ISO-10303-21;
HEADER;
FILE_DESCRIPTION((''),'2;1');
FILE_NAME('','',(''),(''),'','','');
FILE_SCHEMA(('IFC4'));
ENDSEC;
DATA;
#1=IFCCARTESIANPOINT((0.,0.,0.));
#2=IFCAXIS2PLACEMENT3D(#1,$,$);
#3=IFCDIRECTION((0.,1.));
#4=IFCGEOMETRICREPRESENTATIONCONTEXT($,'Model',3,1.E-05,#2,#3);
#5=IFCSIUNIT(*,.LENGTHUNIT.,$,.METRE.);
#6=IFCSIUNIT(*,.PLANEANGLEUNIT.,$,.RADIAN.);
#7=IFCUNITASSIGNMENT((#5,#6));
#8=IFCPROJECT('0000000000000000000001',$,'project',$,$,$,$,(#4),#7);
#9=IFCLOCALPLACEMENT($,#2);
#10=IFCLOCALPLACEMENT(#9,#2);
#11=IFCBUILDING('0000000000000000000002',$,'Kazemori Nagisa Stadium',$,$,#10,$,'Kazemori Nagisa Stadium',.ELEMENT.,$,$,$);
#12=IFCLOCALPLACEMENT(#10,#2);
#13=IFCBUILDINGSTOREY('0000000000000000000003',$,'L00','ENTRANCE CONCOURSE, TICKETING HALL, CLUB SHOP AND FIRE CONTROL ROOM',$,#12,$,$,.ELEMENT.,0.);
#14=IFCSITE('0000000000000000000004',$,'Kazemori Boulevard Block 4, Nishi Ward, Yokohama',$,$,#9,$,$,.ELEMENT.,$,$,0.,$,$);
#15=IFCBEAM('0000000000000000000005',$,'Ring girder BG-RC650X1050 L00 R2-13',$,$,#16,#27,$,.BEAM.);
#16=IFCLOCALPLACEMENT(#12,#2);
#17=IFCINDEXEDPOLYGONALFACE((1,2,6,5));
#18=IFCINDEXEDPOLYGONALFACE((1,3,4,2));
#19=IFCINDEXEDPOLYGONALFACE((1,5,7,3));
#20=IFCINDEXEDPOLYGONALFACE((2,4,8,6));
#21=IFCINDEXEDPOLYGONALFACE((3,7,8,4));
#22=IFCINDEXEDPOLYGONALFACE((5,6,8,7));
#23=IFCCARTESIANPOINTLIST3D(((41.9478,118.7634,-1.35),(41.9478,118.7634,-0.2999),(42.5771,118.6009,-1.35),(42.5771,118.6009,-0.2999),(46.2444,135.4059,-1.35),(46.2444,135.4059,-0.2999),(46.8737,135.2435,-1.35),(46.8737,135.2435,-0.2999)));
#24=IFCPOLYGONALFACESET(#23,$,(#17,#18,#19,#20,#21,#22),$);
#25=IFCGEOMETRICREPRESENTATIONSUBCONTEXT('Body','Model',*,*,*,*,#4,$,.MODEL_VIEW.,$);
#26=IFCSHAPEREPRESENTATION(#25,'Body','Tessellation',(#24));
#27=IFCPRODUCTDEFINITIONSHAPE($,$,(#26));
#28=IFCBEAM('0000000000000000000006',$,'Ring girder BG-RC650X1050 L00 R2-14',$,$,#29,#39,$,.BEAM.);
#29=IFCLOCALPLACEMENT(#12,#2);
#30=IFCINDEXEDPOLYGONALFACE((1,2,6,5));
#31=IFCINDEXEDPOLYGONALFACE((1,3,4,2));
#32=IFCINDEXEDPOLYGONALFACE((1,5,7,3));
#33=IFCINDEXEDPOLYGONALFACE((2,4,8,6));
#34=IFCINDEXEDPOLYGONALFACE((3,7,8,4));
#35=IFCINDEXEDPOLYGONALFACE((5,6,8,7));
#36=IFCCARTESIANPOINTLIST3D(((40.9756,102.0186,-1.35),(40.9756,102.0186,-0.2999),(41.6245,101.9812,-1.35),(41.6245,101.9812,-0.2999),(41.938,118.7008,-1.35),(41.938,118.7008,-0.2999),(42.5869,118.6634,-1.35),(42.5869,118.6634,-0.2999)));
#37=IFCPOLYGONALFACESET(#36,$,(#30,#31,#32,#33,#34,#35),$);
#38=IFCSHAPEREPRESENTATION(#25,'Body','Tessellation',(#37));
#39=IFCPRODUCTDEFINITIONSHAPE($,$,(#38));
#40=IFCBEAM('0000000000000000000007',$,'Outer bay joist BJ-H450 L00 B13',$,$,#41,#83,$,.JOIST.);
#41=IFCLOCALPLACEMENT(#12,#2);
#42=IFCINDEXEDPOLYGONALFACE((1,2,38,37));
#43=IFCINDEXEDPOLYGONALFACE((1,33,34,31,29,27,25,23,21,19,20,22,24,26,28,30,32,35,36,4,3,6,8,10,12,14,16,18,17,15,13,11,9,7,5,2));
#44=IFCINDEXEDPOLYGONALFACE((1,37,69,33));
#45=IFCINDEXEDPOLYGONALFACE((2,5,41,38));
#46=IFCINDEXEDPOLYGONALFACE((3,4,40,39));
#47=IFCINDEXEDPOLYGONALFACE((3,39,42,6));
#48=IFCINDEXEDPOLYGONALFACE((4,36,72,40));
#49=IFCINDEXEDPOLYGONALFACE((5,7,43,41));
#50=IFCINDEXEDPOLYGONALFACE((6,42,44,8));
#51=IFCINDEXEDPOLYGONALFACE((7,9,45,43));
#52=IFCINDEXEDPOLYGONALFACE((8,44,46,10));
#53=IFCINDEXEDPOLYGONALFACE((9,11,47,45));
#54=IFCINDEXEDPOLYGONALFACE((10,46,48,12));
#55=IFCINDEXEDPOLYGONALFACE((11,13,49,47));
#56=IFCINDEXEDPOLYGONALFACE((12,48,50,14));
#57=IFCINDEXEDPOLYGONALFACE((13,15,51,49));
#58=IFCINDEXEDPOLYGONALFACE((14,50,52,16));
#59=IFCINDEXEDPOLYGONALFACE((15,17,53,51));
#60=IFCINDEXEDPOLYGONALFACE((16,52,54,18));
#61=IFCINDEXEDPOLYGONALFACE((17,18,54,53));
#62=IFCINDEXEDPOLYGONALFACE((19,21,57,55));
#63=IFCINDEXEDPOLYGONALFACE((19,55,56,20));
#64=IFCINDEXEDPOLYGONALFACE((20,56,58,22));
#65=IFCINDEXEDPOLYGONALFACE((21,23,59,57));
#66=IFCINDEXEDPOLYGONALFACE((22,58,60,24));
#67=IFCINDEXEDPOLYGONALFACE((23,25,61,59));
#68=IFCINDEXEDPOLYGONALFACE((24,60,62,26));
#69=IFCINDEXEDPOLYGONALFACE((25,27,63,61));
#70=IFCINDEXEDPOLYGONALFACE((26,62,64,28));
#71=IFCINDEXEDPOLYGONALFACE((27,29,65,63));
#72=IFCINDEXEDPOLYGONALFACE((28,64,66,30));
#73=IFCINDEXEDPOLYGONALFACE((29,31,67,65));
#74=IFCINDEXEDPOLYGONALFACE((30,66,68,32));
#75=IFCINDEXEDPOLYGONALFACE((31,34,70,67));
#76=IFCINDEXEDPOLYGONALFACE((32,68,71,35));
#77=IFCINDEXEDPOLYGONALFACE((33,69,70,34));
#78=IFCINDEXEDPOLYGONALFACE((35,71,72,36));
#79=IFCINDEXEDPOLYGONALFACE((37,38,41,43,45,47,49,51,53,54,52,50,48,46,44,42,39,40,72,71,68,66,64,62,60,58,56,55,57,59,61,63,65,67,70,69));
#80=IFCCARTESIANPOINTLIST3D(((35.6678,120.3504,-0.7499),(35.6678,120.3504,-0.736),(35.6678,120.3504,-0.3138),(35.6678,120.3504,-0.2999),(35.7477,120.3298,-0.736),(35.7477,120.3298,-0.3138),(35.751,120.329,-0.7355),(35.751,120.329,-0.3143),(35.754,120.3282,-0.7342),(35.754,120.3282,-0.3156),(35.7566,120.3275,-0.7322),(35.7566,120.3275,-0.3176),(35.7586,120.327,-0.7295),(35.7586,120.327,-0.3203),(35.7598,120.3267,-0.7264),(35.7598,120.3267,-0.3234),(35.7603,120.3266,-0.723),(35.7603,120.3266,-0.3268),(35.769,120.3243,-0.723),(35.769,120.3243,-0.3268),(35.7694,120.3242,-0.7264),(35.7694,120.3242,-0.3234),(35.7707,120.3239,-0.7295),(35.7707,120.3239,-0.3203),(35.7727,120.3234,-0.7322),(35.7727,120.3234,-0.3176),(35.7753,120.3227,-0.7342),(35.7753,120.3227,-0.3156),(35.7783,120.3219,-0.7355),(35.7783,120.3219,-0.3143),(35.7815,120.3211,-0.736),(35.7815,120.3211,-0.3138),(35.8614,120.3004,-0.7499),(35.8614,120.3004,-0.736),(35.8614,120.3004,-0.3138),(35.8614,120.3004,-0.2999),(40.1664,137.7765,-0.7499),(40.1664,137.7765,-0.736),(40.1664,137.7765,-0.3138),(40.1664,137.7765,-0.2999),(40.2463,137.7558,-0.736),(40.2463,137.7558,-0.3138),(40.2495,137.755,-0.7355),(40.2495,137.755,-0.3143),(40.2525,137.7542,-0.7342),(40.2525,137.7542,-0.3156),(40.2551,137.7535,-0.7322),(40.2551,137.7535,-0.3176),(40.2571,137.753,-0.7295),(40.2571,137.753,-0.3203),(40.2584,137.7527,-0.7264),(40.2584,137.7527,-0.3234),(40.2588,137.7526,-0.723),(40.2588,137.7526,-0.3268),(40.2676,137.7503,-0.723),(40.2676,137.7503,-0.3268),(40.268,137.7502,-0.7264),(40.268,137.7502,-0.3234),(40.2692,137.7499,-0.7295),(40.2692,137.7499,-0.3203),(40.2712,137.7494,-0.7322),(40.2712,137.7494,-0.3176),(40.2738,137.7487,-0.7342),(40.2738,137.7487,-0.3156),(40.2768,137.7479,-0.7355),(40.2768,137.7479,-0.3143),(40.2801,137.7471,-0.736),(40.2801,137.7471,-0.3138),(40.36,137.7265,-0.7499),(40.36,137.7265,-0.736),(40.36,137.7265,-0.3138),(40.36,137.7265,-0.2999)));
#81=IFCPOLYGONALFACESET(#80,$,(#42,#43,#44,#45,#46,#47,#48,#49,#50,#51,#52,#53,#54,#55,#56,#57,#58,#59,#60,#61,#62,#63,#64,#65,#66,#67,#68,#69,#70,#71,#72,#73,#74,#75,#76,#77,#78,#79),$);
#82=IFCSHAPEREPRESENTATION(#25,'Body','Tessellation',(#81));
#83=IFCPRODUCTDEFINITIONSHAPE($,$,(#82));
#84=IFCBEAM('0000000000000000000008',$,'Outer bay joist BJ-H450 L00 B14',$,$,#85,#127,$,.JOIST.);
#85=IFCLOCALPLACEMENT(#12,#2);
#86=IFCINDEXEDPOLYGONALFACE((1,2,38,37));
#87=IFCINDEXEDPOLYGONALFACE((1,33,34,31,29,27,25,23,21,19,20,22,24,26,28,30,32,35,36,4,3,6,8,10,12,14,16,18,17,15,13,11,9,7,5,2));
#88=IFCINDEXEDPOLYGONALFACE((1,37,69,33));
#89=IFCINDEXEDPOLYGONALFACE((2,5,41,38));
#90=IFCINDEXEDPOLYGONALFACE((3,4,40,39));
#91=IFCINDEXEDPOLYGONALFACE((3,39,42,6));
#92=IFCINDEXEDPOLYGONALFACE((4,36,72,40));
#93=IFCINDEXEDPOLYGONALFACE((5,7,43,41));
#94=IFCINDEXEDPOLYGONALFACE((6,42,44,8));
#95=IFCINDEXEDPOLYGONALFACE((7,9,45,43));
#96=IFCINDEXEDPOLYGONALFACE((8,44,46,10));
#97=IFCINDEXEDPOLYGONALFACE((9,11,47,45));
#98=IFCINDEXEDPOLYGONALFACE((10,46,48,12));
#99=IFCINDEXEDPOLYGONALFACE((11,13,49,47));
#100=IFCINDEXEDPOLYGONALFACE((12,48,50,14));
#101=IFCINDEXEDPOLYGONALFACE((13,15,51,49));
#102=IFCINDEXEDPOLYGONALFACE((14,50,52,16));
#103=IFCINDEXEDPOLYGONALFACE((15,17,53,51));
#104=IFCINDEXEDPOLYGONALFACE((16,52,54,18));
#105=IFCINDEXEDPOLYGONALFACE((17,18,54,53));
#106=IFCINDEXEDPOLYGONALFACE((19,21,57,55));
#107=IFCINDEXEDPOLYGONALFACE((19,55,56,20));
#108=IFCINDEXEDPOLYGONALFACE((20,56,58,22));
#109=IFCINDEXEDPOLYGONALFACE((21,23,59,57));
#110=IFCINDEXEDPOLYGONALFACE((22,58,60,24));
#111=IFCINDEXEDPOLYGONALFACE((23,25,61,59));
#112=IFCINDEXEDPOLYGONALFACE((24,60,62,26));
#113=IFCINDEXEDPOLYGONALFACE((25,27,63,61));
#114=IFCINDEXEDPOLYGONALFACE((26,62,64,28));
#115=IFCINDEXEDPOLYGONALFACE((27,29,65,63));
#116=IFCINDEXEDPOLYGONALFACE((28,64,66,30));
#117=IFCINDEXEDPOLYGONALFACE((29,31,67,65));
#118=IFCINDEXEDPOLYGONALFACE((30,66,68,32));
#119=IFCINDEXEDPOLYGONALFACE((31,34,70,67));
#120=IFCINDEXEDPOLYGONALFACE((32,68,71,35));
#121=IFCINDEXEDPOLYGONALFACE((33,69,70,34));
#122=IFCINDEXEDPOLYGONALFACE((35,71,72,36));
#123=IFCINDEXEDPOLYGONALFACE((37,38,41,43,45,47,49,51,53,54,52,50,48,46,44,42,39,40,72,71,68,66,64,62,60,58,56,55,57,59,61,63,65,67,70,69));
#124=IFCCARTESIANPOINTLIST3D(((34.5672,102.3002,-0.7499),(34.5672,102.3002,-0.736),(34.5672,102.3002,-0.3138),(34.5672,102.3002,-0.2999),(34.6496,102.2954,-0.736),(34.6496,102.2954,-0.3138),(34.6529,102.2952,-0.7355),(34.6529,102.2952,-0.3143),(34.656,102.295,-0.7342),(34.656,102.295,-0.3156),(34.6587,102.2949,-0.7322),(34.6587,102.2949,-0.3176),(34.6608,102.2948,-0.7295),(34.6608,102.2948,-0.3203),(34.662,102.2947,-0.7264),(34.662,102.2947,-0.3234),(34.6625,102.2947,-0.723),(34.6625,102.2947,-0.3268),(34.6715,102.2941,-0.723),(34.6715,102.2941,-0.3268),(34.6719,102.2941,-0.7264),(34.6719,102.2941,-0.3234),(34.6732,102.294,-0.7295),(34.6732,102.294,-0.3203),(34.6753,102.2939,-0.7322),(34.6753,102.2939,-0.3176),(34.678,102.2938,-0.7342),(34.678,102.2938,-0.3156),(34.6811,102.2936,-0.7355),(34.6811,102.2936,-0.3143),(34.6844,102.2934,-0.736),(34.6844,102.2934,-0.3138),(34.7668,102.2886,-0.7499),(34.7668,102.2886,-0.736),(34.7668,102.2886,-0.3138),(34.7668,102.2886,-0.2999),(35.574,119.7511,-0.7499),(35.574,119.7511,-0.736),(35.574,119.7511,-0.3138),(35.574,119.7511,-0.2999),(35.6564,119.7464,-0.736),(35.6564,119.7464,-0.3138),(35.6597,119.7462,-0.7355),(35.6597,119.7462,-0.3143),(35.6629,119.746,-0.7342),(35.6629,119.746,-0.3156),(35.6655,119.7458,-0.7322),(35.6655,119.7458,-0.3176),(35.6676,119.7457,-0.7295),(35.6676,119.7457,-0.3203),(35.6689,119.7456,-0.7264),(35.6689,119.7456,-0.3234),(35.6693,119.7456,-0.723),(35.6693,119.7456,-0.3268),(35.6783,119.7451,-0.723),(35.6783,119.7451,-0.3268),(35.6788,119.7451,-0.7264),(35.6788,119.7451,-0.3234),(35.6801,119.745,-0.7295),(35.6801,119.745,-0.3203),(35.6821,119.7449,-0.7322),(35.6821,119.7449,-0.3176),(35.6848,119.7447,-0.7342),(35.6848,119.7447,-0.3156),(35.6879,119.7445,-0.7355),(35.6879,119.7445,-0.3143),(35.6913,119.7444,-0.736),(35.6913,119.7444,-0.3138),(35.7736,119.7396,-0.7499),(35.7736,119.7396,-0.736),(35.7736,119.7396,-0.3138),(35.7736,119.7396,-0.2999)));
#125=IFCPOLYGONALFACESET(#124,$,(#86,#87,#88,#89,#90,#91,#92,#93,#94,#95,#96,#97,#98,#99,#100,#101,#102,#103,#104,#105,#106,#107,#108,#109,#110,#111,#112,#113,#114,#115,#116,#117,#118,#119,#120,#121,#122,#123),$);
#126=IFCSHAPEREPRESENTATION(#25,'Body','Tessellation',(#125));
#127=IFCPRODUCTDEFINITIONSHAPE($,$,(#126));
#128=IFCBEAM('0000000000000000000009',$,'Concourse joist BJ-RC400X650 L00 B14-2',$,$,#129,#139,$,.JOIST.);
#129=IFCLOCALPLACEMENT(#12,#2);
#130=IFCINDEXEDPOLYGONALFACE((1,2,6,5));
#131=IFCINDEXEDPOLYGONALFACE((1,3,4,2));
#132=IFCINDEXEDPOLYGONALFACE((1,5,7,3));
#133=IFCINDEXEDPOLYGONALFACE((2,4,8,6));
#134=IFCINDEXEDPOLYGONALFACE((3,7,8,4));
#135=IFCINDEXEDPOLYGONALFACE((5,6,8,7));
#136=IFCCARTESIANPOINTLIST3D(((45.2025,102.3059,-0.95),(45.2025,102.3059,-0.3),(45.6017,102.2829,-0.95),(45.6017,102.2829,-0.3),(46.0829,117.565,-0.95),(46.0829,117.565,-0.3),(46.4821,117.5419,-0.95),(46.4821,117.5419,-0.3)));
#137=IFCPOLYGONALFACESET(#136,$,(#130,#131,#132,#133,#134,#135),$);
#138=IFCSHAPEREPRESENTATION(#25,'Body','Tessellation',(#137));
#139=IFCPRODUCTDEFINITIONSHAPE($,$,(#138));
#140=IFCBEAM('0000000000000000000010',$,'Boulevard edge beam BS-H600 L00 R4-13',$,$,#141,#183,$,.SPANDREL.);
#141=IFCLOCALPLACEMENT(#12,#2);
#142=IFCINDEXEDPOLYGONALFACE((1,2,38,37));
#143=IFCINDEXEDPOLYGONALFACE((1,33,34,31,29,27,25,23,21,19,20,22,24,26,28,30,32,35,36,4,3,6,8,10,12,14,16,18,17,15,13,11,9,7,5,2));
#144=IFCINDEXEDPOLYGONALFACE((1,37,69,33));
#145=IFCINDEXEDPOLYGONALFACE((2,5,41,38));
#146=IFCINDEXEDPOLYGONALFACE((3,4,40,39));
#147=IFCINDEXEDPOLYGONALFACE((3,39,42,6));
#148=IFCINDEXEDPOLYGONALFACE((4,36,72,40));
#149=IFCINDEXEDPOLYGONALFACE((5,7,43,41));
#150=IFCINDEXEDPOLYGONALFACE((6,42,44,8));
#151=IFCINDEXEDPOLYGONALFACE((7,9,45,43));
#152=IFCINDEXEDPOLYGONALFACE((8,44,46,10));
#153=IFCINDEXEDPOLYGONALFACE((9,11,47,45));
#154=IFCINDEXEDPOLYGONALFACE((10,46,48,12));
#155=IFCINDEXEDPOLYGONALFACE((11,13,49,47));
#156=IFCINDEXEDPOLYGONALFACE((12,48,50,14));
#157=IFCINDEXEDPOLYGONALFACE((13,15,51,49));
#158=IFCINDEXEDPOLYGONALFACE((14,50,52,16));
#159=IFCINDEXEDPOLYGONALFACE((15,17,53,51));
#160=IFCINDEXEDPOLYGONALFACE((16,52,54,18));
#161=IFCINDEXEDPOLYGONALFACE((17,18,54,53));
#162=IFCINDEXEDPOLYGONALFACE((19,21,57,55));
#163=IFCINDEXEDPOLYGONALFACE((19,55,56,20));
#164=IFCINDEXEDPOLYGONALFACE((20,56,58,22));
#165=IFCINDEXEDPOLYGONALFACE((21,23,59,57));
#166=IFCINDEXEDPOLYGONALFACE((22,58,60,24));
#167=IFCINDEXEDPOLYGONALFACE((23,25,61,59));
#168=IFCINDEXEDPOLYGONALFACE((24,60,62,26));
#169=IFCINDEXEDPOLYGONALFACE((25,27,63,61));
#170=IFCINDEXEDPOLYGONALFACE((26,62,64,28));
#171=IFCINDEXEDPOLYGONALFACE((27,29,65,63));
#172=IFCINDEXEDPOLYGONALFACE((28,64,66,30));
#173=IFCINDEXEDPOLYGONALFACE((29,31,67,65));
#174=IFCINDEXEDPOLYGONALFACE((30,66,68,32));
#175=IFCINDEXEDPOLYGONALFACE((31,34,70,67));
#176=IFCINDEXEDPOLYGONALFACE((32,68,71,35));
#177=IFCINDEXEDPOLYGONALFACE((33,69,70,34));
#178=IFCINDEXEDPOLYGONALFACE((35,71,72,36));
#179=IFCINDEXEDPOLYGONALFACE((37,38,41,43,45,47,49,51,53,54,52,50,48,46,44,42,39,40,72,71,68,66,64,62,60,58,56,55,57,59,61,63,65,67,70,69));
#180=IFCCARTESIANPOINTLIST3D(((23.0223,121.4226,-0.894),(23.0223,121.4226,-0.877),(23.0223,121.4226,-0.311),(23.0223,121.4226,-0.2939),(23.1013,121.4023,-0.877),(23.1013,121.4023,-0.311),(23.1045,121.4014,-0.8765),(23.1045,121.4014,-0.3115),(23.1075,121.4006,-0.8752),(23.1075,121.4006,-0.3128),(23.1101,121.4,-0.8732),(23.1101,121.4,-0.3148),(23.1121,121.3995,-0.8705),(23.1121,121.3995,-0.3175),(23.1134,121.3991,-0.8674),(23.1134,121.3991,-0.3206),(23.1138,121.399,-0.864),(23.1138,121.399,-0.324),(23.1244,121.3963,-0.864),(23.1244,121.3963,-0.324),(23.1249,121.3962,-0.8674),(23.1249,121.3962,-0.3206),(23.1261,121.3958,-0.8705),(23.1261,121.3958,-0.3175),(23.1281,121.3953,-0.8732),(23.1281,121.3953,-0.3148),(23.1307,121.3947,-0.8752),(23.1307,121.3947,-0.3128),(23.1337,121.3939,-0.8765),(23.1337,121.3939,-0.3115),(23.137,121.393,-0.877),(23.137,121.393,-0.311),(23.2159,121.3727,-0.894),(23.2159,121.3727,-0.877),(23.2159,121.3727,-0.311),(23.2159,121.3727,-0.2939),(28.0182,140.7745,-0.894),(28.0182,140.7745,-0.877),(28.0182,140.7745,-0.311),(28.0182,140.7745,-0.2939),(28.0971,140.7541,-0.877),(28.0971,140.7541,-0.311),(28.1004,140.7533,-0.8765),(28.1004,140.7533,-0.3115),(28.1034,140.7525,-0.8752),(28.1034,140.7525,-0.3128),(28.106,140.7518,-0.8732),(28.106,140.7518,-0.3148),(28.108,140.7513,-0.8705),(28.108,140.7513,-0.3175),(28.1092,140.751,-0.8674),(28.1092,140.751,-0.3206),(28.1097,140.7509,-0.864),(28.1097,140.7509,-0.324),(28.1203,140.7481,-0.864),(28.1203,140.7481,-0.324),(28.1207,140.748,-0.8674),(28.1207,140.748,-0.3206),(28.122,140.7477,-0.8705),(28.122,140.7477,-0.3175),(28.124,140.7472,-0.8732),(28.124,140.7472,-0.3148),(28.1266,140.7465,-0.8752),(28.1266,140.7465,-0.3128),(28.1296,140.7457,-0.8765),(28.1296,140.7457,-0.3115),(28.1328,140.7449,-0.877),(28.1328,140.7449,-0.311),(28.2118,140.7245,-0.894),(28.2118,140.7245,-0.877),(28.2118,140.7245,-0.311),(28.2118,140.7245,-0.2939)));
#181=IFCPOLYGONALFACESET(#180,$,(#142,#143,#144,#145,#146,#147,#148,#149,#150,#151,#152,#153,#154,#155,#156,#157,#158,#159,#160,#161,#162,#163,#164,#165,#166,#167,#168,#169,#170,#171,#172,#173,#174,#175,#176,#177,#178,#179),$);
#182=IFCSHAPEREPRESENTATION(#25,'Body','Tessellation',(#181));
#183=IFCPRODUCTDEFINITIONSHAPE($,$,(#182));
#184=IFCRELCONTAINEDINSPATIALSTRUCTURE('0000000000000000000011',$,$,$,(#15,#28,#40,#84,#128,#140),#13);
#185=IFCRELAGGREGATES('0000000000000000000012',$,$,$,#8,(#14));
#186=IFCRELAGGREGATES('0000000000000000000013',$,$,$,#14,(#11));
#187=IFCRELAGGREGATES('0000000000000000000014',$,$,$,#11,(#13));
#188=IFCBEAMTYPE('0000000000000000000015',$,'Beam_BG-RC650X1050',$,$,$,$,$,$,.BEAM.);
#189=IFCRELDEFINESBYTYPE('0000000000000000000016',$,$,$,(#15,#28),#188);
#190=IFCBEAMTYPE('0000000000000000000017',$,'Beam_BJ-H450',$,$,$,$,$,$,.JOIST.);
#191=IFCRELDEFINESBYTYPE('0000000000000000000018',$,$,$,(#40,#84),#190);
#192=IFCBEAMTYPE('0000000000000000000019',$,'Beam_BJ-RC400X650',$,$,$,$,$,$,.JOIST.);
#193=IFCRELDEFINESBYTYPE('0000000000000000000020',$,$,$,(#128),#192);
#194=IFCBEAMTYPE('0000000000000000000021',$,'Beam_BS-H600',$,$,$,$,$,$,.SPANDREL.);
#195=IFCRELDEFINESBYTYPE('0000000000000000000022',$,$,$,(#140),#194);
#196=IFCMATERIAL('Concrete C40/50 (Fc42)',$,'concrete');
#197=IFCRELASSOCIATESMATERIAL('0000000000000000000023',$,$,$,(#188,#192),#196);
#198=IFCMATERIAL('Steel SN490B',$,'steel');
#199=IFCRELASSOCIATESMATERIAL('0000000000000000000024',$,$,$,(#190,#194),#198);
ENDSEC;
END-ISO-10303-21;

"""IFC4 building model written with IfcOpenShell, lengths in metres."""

from ifc_helpers import new_model, si_unit, direction, frame, origin, origin_2d, place, context, subcontext, project, spatial, rectangle, i_section, extrude, material, material_profile, profile_set, type_object, element, save


model = new_model("IFC4")

# Units and contexts
model_context = context("Model", 3, precision=1e-05, world=origin(), true_north=direction((0.0, 1.0)))
body_context = subcontext(model_context, "Body", "Model", "MODEL_VIEW")
ifc_project = project(units=[si_unit("LENGTHUNIT", "METRE"), si_unit("PLANEANGLEUNIT", "RADIAN")], contexts=[model_context])

# Site, building, storey
site_placement = place(None, origin())
site = spatial("IfcSite", under=ifc_project, at=site_placement, Name="Kazemori Boulevard Block 4, Nishi Ward, Yokohama", CompositionType="ELEMENT", RefElevation=0.0)
building_placement = place(site_placement, origin())
building = spatial("IfcBuilding", under=site, at=building_placement, Name="Kazemori Nagisa Stadium", LongName="Kazemori Nagisa Stadium", CompositionType="ELEMENT")
storey_placement = place(building_placement, origin())
storey = spatial("IfcBuildingStorey", under=building, at=storey_placement, Name="L00", Description="ENTRANCE CONCOURSE, TICKETING HALL, CLUB SHOP AND FIRE CONTROL ROOM", CompositionType="ELEMENT", Elevation=0.0)

# Shared definitions
ifc_material_1 = material(Name="Concrete C40/50 (Fc42)", Category="concrete")

# Beams
ifc_material_2 = material(Name="Steel SN490B", Category="steel")
ifc_material_profile_1 = material_profile(ifc_material_1, rectangle(XDim=0.6499, YDim=1.05, at=origin_2d()), Name="RC-BM-650x1050")
ifc_profile_set_1 = profile_set([ifc_material_profile_1], Name="Concrete C40/50 (Fc42)")
beam_type_1 = type_object("IfcBeamType", Name="Beam_BG-RC650X1050", PredefinedType="BEAM", material=ifc_profile_set_1)
beam_1_placement = place(storey_placement, frame((46.5591, 135.3247, -0.825), z_axis=(-0.249975, -0.968252, 0.0), x_axis=(0.968252, -0.249975, 0.0)))
element("IfcBeam", 1, at=beam_1_placement, inside=storey, type_object=beam_type_1, Name="Ring girder BG-RC650X1050 L00 R2-13", PredefinedType="BEAM", context=body_context, shape_type="SweptSolid", body=[
    extrude(rectangle(XDim=0.6499, YDim=1.05, at=origin_2d()), origin(), (0.0, 0.0, 1.0), 17.1882),
])
beam_2_placement = place(storey_placement, frame((42.2625, 118.6821, -0.825), z_axis=(-0.057595, -0.99834, 0.0), x_axis=(0.99834, -0.057595, 0.0)))
element("IfcBeam", 2, at=beam_2_placement, inside=storey, type_object=beam_type_1, Name="Ring girder BG-RC650X1050 L00 R2-14", PredefinedType="BEAM", context=body_context, shape_type="SweptSolid", body=[
    extrude(rectangle(XDim=0.6499, YDim=1.05, at=origin_2d()), origin(), (0.0, 0.0, 1.0), 16.71),
])
ifc_material_profile_2 = material_profile(ifc_material_2, i_section(OverallWidth=0.2, OverallDepth=0.45, WebThickness=0.009, FlangeThickness=0.0139, FilletRadius=0.0129, at=origin_2d()), Name="H-450x200x9x14")
ifc_profile_set_2 = profile_set([ifc_material_profile_2], Name="Steel SN490B")
beam_type_2 = type_object("IfcBeamType", Name="Beam_BJ-H450", PredefinedType="JOIST", material=ifc_profile_set_2)
beam_3_placement = place(storey_placement, frame((40.2632, 137.7515, -0.5249), z_axis=(-0.249956, -0.968257, 0.0), x_axis=(0.968257, -0.249956, 0.0)))
element("IfcBeam", 3, at=beam_3_placement, inside=storey, type_object=beam_type_2, Name="Outer bay joist BJ-H450 L00 B13", PredefinedType="JOIST", context=body_context, shape_type="SweptSolid", body=[
    extrude(i_section(OverallWidth=0.2, OverallDepth=0.45, WebThickness=0.009, FlangeThickness=0.0139, FilletRadius=0.0129, at=origin_2d()), origin(), (0.0, 0.0, 1.0), 17.9973),
])
beam_4_placement = place(storey_placement, frame((35.6738, 119.7454, -0.5249), z_axis=(-0.057599, -0.99834, 0.0), x_axis=(0.99834, -0.057599, 0.0)))
element("IfcBeam", 4, at=beam_4_placement, inside=storey, type_object=beam_type_2, Name="Outer bay joist BJ-H450 L00 B14", PredefinedType="JOIST", context=body_context, shape_type="SweptSolid", body=[
    extrude(i_section(OverallWidth=0.2, OverallDepth=0.45, WebThickness=0.009, FlangeThickness=0.0139, FilletRadius=0.0129, at=origin_2d()), origin(), (0.0, 0.0, 1.0), 17.48),
])
ifc_material_profile_3 = material_profile(ifc_material_1, rectangle(XDim=0.3999, YDim=0.6499, at=origin_2d()), Name="RC-BM-400x650")
ifc_profile_set_3 = profile_set([ifc_material_profile_3], Name="Concrete C40/50 (Fc42)")
beam_type_3 = type_object("IfcBeamType", Name="Beam_BJ-RC400X650", PredefinedType="JOIST", material=ifc_profile_set_3)
beam_5_placement = place(storey_placement, frame((46.2825, 117.5535, -0.625), z_axis=(-0.057599, -0.99834, 0.0), x_axis=(0.99834, -0.057599, 0.0)))
element("IfcBeam", 5, at=beam_5_placement, inside=storey, type_object=beam_type_3, Name="Concourse joist BJ-RC400X650 L00 B14-2", PredefinedType="JOIST", context=body_context, shape_type="SweptSolid", body=[
    extrude(rectangle(XDim=0.3999, YDim=0.6499, at=origin_2d()), origin(), (0.0, 0.0, 1.0), 15.2844),
])
ifc_material_profile_4 = material_profile(ifc_material_2, i_section(OverallWidth=0.2, OverallDepth=0.6001, WebThickness=0.011, FlangeThickness=0.0171, FilletRadius=0.0129, at=origin_2d()), Name="H-600x200x11x17")
ifc_profile_set_4 = profile_set([ifc_material_profile_4], Name="Steel SN490B")
beam_type_4 = type_object("IfcBeamType", Name="Beam_BS-H600", PredefinedType="SPANDREL", material=ifc_profile_set_4)
beam_6_placement = place(storey_placement, frame((28.115, 140.7495, -0.594), z_axis=(-0.249964, -0.968255, 0.0), x_axis=(0.968255, -0.249964, 0.0)))
element("IfcBeam", 6, at=beam_6_placement, inside=storey, type_object=beam_type_4, Name="Boulevard edge beam BS-H600 L00 R4-13", PredefinedType="SPANDREL", context=body_context, shape_type="SweptSolid", body=[
    extrude(i_section(OverallWidth=0.2, OverallDepth=0.6001, WebThickness=0.011, FlangeThickness=0.0171, FilletRadius=0.0129, at=origin_2d()), origin(), (0.0, 0.0, 1.0), 19.9863),
])

save(model, "model.ifc")
